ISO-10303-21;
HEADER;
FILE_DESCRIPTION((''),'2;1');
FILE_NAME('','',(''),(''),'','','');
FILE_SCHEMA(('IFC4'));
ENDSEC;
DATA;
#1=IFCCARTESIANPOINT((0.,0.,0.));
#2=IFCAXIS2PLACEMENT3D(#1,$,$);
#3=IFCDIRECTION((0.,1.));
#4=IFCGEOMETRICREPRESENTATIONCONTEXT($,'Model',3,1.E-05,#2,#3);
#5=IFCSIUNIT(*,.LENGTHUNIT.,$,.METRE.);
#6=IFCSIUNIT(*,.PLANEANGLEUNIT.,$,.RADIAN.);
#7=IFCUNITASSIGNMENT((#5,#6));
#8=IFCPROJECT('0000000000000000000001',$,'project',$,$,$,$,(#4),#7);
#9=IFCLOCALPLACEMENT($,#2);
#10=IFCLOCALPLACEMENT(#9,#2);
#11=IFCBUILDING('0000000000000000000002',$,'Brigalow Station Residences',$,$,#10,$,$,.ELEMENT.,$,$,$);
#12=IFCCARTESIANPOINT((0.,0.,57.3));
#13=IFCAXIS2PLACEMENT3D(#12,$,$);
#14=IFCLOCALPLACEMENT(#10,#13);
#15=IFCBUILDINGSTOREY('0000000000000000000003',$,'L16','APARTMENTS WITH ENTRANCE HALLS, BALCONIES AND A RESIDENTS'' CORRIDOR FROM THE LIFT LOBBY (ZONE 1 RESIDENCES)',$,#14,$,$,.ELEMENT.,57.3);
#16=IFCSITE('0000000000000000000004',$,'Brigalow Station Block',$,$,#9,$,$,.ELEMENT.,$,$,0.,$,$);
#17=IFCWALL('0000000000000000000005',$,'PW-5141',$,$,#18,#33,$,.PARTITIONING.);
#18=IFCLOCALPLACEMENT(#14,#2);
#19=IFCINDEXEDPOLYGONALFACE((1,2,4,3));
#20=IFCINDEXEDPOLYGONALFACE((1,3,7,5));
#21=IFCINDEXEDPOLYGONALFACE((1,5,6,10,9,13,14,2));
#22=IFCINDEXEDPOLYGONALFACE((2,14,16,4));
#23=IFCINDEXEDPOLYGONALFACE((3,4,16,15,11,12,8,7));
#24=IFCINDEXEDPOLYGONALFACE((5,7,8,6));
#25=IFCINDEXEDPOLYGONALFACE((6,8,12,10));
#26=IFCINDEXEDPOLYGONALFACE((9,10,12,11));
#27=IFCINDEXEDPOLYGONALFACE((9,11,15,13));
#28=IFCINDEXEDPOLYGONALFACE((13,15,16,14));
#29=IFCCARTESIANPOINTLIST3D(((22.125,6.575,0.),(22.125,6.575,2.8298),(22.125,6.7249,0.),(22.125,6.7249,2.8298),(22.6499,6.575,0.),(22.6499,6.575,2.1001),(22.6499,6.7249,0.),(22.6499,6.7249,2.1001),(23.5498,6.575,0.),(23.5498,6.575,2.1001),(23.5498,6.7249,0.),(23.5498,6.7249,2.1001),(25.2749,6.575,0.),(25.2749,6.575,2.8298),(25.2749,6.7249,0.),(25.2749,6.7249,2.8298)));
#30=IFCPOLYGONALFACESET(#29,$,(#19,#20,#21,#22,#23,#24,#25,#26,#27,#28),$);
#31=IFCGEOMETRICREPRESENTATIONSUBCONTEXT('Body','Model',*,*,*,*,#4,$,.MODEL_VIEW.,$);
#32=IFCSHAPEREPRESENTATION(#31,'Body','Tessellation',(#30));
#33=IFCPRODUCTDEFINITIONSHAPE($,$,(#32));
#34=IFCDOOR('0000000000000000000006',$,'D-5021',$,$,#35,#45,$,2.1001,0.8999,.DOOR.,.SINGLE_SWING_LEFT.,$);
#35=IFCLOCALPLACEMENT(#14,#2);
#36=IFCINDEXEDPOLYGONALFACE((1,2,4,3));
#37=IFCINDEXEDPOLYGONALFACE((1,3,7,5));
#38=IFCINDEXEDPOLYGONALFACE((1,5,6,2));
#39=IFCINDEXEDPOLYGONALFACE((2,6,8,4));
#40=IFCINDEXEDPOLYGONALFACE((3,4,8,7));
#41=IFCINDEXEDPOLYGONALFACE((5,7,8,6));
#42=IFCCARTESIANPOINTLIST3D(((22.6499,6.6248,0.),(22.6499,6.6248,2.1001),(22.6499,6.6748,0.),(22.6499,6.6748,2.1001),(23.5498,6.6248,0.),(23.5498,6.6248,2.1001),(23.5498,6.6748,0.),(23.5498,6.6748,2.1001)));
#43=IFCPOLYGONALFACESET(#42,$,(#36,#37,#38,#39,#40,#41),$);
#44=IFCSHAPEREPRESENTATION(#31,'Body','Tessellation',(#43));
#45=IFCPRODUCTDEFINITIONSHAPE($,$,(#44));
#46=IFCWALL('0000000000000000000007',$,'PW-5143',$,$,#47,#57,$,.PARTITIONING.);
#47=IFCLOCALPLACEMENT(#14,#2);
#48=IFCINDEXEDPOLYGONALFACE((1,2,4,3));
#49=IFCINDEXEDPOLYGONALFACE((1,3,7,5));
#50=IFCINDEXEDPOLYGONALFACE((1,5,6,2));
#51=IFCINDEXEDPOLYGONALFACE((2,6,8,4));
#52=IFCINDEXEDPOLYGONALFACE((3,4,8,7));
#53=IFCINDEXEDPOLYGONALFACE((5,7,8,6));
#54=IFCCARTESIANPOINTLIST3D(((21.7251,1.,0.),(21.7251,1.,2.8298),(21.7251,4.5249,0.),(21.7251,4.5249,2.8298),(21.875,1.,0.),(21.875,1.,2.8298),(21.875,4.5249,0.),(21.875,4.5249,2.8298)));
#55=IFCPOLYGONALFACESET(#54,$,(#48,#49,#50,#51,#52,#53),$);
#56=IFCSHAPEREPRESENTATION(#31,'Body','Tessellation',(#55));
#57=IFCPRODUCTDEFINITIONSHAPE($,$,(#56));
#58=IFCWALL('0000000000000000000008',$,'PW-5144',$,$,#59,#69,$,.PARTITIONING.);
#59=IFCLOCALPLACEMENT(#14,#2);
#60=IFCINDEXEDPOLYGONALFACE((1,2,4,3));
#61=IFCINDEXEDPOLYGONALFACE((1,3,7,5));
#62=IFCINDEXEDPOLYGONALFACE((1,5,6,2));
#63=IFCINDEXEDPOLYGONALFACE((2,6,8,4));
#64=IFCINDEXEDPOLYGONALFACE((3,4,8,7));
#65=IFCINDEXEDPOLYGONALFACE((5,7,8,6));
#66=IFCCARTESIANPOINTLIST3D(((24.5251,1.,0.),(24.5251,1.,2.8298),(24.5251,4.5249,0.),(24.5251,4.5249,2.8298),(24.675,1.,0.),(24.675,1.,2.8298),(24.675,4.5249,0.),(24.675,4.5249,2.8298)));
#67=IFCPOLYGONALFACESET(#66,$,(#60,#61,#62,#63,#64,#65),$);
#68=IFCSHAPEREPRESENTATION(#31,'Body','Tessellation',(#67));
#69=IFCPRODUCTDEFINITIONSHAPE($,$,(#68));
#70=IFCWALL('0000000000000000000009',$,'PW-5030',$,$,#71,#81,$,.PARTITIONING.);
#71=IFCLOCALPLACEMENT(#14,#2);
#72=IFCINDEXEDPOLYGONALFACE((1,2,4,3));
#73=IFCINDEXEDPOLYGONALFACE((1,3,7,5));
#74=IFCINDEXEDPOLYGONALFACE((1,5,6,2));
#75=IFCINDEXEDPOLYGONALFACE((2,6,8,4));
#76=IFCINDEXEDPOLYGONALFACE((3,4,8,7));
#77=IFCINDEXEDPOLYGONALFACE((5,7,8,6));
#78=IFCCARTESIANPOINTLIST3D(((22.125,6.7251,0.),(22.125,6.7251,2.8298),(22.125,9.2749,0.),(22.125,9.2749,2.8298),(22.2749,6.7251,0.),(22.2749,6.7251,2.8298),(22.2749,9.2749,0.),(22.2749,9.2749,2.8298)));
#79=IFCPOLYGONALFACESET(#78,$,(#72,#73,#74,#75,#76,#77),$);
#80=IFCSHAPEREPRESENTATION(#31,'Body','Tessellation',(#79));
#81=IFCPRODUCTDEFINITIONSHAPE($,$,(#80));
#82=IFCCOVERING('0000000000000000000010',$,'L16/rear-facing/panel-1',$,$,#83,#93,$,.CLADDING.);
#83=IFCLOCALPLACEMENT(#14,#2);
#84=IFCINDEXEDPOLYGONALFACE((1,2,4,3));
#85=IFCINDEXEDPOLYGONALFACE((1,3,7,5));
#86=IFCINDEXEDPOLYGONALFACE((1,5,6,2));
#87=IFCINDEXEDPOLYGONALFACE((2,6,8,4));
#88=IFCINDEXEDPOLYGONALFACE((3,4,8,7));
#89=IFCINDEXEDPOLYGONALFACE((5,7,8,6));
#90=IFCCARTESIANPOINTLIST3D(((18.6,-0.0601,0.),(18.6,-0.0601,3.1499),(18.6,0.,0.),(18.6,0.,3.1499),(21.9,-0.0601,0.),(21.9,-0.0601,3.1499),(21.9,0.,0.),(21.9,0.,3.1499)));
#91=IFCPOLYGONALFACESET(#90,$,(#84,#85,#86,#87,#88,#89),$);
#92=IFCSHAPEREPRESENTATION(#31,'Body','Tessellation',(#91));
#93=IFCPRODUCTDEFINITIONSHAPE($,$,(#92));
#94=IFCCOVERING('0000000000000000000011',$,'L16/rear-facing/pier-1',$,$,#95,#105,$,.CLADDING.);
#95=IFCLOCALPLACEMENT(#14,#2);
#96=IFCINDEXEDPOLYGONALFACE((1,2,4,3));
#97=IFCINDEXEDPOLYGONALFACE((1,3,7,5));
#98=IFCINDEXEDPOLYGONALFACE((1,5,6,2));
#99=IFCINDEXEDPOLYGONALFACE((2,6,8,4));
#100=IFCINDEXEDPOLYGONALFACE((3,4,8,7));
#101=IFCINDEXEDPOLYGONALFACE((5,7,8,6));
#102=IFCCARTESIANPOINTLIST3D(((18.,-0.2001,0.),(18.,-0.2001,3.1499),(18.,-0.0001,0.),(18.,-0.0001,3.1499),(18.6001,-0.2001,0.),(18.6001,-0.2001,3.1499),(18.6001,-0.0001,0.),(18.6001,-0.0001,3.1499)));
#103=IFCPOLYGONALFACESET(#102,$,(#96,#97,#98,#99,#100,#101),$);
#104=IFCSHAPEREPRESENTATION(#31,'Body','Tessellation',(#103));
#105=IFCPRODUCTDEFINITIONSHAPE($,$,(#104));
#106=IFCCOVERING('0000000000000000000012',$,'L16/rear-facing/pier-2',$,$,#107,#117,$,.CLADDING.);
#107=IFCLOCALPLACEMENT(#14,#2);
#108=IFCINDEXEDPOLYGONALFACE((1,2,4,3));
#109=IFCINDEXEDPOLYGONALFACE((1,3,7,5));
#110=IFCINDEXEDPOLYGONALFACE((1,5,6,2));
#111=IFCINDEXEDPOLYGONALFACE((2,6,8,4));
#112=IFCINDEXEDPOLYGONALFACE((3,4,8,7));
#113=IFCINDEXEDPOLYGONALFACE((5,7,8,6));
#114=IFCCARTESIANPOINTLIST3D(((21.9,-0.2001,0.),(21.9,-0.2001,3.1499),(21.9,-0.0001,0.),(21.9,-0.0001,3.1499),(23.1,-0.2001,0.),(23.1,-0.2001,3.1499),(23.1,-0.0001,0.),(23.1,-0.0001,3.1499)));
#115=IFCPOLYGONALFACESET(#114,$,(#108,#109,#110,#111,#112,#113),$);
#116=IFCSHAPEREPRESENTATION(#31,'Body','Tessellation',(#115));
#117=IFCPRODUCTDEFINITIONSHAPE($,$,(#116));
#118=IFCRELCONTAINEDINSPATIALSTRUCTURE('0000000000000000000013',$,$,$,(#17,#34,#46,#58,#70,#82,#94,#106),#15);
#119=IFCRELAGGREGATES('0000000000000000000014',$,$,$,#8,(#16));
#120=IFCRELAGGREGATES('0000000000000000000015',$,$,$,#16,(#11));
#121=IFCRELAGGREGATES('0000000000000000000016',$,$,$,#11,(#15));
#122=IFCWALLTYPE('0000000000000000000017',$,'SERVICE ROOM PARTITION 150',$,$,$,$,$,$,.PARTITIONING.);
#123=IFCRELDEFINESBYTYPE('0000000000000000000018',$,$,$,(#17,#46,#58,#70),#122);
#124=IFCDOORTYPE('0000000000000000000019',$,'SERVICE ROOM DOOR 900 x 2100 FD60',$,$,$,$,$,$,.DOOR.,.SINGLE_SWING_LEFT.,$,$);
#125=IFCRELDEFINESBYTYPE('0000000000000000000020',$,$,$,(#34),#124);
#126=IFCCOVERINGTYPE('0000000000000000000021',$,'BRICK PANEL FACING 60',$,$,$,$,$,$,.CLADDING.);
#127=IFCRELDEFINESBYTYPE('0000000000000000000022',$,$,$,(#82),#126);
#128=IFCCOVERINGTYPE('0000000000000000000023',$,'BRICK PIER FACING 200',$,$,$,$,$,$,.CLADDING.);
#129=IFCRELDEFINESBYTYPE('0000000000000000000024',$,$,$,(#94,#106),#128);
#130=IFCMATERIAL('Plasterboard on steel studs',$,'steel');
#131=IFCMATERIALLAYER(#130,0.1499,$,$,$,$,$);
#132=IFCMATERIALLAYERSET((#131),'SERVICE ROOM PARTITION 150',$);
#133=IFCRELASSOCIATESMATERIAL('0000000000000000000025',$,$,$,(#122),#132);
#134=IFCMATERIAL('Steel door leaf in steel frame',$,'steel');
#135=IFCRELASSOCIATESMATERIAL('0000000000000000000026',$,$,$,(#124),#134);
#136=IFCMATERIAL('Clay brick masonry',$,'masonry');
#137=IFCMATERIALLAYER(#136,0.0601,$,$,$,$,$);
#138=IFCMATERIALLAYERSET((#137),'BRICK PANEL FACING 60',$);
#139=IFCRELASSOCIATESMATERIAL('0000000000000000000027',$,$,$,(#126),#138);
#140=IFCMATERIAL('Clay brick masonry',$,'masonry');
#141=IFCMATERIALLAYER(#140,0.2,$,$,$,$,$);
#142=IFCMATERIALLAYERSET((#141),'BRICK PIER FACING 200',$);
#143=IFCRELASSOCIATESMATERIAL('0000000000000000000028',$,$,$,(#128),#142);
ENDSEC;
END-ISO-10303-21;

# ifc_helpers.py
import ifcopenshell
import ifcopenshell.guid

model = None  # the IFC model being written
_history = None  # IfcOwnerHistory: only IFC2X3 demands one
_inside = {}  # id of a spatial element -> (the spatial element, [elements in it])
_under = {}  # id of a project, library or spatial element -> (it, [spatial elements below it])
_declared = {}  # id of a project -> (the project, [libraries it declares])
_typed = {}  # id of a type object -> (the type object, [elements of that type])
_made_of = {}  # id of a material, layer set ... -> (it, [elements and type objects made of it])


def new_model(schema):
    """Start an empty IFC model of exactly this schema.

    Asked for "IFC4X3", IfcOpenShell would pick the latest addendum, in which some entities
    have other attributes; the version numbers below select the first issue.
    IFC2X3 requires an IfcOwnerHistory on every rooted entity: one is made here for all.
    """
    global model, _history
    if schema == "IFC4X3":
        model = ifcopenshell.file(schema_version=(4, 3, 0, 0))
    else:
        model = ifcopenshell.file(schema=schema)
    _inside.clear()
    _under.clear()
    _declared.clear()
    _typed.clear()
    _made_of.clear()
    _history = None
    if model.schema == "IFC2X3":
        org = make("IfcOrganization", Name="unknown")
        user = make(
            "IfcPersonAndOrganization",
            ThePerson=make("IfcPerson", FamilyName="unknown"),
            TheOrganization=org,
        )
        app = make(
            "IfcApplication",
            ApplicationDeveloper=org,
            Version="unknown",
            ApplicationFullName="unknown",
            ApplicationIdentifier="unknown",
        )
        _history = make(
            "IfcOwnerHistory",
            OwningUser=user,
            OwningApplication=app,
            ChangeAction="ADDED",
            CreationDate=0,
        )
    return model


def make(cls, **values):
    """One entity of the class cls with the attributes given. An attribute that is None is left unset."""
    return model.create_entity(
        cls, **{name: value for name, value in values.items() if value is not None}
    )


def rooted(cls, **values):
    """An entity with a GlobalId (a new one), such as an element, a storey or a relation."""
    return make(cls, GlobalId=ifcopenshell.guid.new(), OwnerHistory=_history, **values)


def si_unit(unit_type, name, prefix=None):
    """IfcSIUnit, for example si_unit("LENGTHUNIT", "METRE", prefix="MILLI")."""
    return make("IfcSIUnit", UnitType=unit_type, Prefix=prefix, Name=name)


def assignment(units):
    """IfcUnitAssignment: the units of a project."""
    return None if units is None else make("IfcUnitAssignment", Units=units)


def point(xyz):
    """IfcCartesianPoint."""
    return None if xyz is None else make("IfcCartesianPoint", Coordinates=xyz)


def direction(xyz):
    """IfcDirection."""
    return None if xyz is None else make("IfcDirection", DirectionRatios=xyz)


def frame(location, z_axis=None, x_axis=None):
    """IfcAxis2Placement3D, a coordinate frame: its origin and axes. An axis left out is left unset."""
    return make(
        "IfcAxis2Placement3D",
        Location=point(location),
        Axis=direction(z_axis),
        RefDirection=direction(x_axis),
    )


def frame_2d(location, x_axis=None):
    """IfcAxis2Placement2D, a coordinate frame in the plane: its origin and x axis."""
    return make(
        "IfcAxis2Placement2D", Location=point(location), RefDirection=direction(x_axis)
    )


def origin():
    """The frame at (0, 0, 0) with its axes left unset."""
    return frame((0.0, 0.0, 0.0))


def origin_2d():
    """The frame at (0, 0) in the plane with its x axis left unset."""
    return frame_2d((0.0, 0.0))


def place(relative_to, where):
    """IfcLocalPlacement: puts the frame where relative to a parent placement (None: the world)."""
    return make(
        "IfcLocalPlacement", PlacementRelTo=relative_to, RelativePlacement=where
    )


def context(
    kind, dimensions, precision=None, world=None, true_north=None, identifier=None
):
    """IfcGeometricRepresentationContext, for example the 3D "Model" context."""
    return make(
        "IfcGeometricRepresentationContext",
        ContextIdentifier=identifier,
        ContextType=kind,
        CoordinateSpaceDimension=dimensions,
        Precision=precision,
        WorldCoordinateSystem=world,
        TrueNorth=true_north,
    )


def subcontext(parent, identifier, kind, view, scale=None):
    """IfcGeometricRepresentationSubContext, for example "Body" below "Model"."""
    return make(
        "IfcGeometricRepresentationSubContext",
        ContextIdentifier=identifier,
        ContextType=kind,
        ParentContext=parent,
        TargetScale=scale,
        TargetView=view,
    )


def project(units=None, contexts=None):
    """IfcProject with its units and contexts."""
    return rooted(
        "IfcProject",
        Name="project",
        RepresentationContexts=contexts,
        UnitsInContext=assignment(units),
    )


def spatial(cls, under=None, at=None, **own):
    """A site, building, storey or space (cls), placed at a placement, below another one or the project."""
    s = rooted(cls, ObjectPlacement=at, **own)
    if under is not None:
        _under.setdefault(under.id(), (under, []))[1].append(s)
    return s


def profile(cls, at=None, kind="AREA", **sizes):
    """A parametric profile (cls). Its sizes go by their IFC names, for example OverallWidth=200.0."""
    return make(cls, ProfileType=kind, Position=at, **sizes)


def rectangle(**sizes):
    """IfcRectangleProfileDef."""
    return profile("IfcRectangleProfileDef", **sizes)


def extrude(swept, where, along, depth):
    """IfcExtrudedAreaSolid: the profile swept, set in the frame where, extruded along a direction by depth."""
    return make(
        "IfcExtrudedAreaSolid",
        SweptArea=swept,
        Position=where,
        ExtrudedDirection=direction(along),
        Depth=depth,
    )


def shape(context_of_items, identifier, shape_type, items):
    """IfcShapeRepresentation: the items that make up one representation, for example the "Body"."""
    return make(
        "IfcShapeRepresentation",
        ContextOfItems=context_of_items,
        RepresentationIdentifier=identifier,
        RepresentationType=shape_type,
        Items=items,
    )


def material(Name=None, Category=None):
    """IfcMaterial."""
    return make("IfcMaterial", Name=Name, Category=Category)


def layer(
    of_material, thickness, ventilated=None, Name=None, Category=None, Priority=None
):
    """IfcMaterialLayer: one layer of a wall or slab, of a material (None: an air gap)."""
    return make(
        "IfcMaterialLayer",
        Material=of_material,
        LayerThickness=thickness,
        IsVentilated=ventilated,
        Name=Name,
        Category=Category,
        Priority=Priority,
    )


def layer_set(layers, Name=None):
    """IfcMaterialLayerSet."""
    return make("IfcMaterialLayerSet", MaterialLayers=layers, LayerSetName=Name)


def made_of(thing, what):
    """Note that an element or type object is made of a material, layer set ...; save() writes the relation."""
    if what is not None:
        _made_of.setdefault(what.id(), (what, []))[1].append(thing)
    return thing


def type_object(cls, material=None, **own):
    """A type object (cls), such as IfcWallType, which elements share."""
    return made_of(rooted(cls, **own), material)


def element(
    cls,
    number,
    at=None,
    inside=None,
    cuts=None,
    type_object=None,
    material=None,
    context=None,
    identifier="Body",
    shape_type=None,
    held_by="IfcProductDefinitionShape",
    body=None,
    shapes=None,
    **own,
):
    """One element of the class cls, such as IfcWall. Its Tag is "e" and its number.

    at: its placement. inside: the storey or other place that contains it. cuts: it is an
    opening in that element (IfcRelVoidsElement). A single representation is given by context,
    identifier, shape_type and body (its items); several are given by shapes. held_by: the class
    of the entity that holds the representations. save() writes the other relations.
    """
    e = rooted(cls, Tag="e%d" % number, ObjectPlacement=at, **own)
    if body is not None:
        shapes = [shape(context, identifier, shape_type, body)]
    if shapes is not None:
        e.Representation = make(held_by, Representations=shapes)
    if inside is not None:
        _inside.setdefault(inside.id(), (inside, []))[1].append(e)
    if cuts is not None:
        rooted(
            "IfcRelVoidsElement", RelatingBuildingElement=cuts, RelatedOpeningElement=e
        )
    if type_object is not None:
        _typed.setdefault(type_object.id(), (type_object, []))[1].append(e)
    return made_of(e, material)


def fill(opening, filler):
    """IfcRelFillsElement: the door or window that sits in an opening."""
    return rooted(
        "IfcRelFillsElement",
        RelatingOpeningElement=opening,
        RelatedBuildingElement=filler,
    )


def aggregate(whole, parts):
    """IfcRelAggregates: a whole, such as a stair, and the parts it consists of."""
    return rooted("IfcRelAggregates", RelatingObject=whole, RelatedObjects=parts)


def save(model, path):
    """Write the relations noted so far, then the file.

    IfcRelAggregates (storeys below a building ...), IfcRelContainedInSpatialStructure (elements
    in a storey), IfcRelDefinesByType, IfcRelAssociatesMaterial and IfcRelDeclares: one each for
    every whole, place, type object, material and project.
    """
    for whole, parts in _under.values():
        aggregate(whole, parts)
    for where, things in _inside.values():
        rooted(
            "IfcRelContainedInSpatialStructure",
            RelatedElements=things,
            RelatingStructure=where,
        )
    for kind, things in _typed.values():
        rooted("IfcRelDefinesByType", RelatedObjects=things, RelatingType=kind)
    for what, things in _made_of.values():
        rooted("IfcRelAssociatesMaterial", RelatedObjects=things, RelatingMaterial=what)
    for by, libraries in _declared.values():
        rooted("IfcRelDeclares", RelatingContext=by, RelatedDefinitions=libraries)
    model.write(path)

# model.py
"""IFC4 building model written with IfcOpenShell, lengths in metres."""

from ifc_helpers import new_model, si_unit, direction, frame, frame_2d, origin, origin_2d, place, context, subcontext, project, spatial, rectangle, extrude, material, layer, layer_set, type_object, element, fill, save


model = new_model("IFC4")

# Units and contexts
model_context = context("Model", 3, precision=1e-05, world=origin(), true_north=direction((0.0, 1.0)))
body_context = subcontext(model_context, "Body", "Model", "MODEL_VIEW")
ifc_project = project(units=[si_unit("LENGTHUNIT", "METRE"), si_unit("PLANEANGLEUNIT", "RADIAN")], contexts=[model_context])

# Site, building, storey
site_placement = place(None, origin())
site = spatial("IfcSite", under=ifc_project, at=site_placement, Name="Brigalow Station Block", CompositionType="ELEMENT", RefElevation=0.0)
building_placement = place(site_placement, origin())
building = spatial("IfcBuilding", under=site, at=building_placement, Name="Brigalow Station Residences", CompositionType="ELEMENT")
storey_placement = place(building_placement, frame((0.0, 0.0, 57.3)))
storey = spatial("IfcBuildingStorey", under=building, at=storey_placement, Name="L16", Description="APARTMENTS WITH ENTRANCE HALLS, BALCONIES AND A RESIDENTS' CORRIDOR FROM THE LIFT LOBBY (ZONE 1 RESIDENCES)", CompositionType="ELEMENT", Elevation=57.3)

# Shared definitions
ifc_material_1 = material(Name="Plasterboard on steel studs", Category="steel")
ifc_layer_1 = layer(ifc_material_1, 0.1499)
ifc_layer_set_1 = layer_set([ifc_layer_1], Name="SERVICE ROOM PARTITION 150")
wall_type_1 = type_object("IfcWallType", Name="SERVICE ROOM PARTITION 150", PredefinedType="PARTITIONING", material=ifc_layer_set_1)
ifc_material_2 = material(Name="Steel door leaf in steel frame", Category="steel")
door_type = type_object("IfcDoorType", Name="SERVICE ROOM DOOR 900 x 2100 FD60", OperationType="SINGLE_SWING_LEFT", PredefinedType="DOOR", material=ifc_material_2)

# Wall, opening, door
wall_1_placement = place(storey_placement, frame((22.125, 6.6499, 0.0), z_axis=(0.0, 0.0, 1.0), x_axis=(1.0, 0.0, 0.0)))
wall_1 = element("IfcWall", 1, at=wall_1_placement, inside=storey, type_object=wall_type_1, Name="PW-5141", PredefinedType="PARTITIONING", context=body_context, shape_type="SweptSolid", body=[
    extrude(rectangle(XDim=3.1499, YDim=0.1499, at=frame_2d((1.575, 0.0))), origin(), (0.0, 0.0, 1.0), 2.8298),
])
opening_1_placement = place(wall_1_placement, frame((0.5249, 0.0, 0.0)))
opening_1 = element("IfcOpeningElement", 2, at=opening_1_placement, cuts=wall_1, PredefinedType="OPENING", context=body_context, shape_type="SweptSolid", body=[
    extrude(rectangle(XDim=0.8999, YDim=2.1001, at=frame_2d((0.45, 1.05))), frame((0.0, 0.085, 0.0), z_axis=(0.0, -1.0, 0.0), x_axis=(1.0, 0.0, 0.0)), (0.0, 0.0, 1.0), 0.1699),
])
door_1_placement = place(opening_1_placement, origin())
door_1 = element("IfcDoor", 3, at=door_1_placement, inside=storey, type_object=door_type, Name="D-5021", OperationType="SINGLE_SWING_LEFT", OverallHeight=2.1001, OverallWidth=0.8999, PredefinedType="DOOR", context=body_context, shape_type="SweptSolid", body=[
    extrude(rectangle(XDim=0.8999, YDim=2.1001, at=frame_2d((0.45, 1.05))), frame((0.0, 0.0249, 0.0), z_axis=(0.0, -1.0, 0.0), x_axis=(1.0, 0.0, 0.0)), (0.0, 0.0, 1.0), 0.05),
])
fill(opening_1, door_1)

# Walls
for number, where, z_axis, x_axis, name in (
    (4, (21.8, 1.0, 0.0), (0.0, 0.0, 1.0), (0.0, 1.0, 0.0), "PW-5143"),
    (5, (24.6001, 1.0, 0.0), (0.0, 0.0, 1.0), (0.0, 1.0, 0.0), "PW-5144"),
):
    element("IfcWall", number, at=place(storey_placement, frame(where, z_axis=z_axis, x_axis=x_axis)), inside=storey, type_object=wall_type_1, Name=name, PredefinedType="PARTITIONING", context=body_context, shape_type="SweptSolid", body=[
        extrude(rectangle(XDim=3.5249, YDim=0.1499, at=frame_2d((1.7625, 0.0))), origin(), (0.0, 0.0, 1.0), 2.8298),
    ])
wall_2_placement = place(storey_placement, frame((22.2, 6.7251, 0.0), z_axis=(0.0, 0.0, 1.0), x_axis=(0.0, 1.0, 0.0)))
element("IfcWall", 6, at=wall_2_placement, inside=storey, type_object=wall_type_1, Name="PW-5030", PredefinedType="PARTITIONING", context=body_context, shape_type="SweptSolid", body=[
    extrude(rectangle(XDim=2.5498, YDim=0.1499, at=frame_2d((1.2749, 0.0))), origin(), (0.0, 0.0, 1.0), 2.8298),
])

# Coverings
ifc_material_3 = material(Name="Clay brick masonry", Category="masonry")
ifc_layer_2 = layer(ifc_material_3, 0.0601)
ifc_layer_set_2 = layer_set([ifc_layer_2], Name="BRICK PANEL FACING 60")
covering_type_1 = type_object("IfcCoveringType", Name="BRICK PANEL FACING 60", PredefinedType="CLADDING", material=ifc_layer_set_2)
covering_1_placement = place(storey_placement, frame((20.25, -0.03, 0.0), z_axis=(0.0, 0.0, 1.0), x_axis=(1.0, 0.0, 0.0)))
element("IfcCovering", 7, at=covering_1_placement, inside=storey, type_object=covering_type_1, Name="L16/rear-facing/panel-1", PredefinedType="CLADDING", context=body_context, shape_type="SweptSolid", body=[
    extrude(rectangle(XDim=3.3, YDim=0.0601, at=origin_2d()), origin(), (0.0, 0.0, 1.0), 3.1499),
])
ifc_material_4 = material(Name="Clay brick masonry", Category="masonry")
ifc_layer_3 = layer(ifc_material_4, 0.2)
ifc_layer_set_3 = layer_set([ifc_layer_3], Name="BRICK PIER FACING 200")
covering_type_2 = type_object("IfcCoveringType", Name="BRICK PIER FACING 200", PredefinedType="CLADDING", material=ifc_layer_set_3)
covering_2_placement = place(storey_placement, frame((18.3, -0.1001, 0.0), z_axis=(0.0, 0.0, 1.0), x_axis=(1.0, 0.0, 0.0)))
element("IfcCovering", 8, at=covering_2_placement, inside=storey, type_object=covering_type_2, Name="L16/rear-facing/pier-1", PredefinedType="CLADDING", context=body_context, shape_type="SweptSolid", body=[
    extrude(rectangle(XDim=0.6001, YDim=0.2, at=origin_2d()), origin(), (0.0, 0.0, 1.0), 3.1499),
])
covering_3_placement = place(storey_placement, frame((22.5, -0.1001, 0.0), z_axis=(0.0, 0.0, 1.0), x_axis=(1.0, 0.0, 0.0)))
element("IfcCovering", 9, at=covering_3_placement, inside=storey, type_object=covering_type_2, Name="L16/rear-facing/pier-2", PredefinedType="CLADDING", context=body_context, shape_type="SweptSolid", body=[
    extrude(rectangle(XDim=1.2, YDim=0.2, at=origin_2d()), origin(), (0.0, 0.0, 1.0), 3.1499),
])

save(model, "model.ifc")
